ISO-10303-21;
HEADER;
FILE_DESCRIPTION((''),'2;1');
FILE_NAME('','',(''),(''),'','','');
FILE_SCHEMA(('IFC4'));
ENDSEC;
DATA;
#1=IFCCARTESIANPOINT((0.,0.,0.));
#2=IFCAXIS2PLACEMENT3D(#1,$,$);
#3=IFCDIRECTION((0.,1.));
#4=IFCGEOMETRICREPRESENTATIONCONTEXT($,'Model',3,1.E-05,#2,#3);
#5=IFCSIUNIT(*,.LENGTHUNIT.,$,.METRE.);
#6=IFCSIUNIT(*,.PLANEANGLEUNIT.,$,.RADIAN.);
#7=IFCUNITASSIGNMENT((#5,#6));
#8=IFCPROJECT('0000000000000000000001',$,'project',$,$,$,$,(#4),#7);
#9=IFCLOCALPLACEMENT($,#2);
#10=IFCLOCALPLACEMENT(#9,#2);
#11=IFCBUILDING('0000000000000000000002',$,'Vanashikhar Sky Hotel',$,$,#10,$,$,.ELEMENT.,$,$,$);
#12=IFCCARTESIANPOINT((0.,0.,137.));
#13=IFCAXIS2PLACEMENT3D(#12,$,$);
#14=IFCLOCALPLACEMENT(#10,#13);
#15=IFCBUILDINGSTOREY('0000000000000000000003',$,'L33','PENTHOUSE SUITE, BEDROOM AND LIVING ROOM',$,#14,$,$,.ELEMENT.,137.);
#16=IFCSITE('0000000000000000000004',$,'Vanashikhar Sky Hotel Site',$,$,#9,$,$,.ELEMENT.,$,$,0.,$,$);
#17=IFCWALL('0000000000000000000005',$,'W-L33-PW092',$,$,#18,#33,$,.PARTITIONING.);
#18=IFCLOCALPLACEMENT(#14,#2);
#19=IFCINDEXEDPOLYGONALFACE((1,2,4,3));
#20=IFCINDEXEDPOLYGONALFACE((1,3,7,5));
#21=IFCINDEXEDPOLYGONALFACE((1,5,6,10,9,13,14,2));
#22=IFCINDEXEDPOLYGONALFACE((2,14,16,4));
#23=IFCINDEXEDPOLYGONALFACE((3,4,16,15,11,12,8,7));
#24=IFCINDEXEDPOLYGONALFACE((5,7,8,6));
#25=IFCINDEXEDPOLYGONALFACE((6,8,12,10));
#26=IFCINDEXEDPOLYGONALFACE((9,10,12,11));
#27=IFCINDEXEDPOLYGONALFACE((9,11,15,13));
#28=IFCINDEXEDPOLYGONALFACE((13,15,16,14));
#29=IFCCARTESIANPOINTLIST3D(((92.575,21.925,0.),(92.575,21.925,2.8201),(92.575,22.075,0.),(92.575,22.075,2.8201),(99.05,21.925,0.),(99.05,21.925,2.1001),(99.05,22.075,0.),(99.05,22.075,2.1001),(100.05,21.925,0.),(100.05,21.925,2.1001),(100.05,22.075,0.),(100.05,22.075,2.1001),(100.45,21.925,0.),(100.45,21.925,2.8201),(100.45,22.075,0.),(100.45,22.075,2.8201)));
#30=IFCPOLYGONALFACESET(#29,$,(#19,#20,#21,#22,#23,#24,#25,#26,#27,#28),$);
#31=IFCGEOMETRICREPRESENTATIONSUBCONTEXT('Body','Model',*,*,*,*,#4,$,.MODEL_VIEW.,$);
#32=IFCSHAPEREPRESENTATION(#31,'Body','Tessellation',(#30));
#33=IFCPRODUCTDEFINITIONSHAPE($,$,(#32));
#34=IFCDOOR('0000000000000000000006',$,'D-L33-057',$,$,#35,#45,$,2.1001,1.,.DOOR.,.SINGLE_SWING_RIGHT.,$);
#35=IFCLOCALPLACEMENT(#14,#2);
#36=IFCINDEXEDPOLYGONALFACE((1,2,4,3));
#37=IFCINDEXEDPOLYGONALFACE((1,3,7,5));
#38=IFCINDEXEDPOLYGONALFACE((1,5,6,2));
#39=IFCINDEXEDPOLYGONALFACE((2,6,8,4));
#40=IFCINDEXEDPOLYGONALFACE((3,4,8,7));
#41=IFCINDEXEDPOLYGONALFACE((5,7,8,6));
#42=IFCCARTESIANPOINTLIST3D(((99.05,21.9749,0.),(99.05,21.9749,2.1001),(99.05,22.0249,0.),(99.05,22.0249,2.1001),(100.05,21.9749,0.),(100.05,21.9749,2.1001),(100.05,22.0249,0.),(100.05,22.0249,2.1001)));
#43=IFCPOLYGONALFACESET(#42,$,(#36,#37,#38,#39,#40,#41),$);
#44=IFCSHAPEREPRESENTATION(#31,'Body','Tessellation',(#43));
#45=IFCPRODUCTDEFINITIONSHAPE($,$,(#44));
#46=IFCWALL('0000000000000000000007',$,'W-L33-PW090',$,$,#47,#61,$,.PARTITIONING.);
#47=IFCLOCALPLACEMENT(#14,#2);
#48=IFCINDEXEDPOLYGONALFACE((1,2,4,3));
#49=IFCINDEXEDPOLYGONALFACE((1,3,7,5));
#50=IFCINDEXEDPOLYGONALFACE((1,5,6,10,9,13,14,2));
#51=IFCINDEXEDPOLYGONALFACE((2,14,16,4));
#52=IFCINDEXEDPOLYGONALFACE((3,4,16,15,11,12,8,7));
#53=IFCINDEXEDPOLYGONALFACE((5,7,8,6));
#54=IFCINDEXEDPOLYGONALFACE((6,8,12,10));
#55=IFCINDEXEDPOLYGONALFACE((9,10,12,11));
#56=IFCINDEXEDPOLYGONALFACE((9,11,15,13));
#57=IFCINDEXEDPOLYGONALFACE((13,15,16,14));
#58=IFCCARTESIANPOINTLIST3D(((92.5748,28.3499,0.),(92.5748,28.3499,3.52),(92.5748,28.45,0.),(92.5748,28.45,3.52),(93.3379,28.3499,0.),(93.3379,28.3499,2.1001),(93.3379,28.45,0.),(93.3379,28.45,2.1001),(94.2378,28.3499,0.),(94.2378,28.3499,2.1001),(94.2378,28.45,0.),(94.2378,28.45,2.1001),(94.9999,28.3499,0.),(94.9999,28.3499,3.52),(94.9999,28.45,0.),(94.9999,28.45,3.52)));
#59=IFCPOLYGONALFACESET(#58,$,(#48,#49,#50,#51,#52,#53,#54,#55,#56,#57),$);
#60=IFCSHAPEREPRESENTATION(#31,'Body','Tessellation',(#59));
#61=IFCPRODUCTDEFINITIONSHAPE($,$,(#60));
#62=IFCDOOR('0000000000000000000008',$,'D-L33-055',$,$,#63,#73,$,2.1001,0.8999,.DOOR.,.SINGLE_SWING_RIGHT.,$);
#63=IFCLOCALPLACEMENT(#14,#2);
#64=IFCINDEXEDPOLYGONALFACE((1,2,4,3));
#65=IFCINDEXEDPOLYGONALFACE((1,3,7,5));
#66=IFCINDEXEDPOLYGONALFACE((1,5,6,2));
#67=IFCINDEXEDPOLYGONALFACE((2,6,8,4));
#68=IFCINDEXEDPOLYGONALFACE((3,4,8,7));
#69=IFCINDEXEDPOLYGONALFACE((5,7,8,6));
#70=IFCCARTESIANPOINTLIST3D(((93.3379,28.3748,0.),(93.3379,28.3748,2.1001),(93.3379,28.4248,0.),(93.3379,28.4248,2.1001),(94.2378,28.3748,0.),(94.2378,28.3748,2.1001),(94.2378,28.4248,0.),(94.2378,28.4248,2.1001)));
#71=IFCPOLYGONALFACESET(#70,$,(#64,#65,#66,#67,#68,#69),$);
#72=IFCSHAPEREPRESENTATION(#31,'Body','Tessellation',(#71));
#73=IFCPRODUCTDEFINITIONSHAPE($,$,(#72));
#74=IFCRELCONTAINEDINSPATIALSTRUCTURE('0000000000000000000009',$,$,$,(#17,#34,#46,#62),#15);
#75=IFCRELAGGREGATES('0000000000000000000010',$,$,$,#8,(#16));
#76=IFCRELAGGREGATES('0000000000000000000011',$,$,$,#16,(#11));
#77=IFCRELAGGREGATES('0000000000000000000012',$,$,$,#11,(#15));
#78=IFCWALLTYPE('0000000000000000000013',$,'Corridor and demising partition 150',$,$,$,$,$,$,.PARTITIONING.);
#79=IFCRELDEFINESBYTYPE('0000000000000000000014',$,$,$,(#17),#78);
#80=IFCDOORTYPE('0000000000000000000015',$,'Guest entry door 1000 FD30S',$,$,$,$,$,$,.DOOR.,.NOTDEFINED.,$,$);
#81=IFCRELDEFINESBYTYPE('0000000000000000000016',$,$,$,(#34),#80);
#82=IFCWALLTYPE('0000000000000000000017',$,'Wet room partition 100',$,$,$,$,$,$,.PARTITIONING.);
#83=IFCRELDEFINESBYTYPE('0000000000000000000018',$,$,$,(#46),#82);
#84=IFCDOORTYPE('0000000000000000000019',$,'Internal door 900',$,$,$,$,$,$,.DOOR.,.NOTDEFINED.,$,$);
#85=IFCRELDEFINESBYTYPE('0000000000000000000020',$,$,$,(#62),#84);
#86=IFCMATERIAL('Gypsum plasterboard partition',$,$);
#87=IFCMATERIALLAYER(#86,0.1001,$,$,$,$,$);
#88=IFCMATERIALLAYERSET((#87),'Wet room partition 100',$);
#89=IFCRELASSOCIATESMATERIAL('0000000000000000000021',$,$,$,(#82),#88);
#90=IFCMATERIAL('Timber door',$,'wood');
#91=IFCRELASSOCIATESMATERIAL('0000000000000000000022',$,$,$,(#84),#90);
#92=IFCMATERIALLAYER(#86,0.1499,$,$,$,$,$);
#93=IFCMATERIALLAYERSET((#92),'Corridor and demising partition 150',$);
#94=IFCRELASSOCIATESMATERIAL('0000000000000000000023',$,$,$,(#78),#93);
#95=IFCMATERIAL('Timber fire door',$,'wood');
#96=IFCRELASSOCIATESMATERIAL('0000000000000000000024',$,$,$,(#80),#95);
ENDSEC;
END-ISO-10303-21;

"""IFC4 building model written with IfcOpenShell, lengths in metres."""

from ifc_helpers import new_model, si_unit, direction, frame, frame_2d, origin, place, context, subcontext, project, spatial, rectangle, extrude, source, transform, mapped, material, layer, layer_set, type_object, element, fill, save


model = new_model("IFC4")

# Units and contexts
model_context = context("Model", 3, precision=1e-05, world=origin(), true_north=direction((0.0, 1.0)))
body_context = subcontext(model_context, "Body", "Model", "MODEL_VIEW")
ifc_project = project(units=[si_unit("LENGTHUNIT", "METRE"), si_unit("PLANEANGLEUNIT", "RADIAN")], contexts=[model_context])

# Site, building, storey
site_placement = place(None, origin())
site = spatial("IfcSite", under=ifc_project, at=site_placement, Name="Vanashikhar Sky Hotel Site", CompositionType="ELEMENT", RefElevation=0.0)
building_placement = place(site_placement, origin())
building = spatial("IfcBuilding", under=site, at=building_placement, Name="Vanashikhar Sky Hotel", CompositionType="ELEMENT")
storey_placement = place(building_placement, frame((0.0, 0.0, 137.0)))
storey = spatial("IfcBuildingStorey", under=building, at=storey_placement, Name="L33", Description="PENTHOUSE SUITE, BEDROOM AND LIVING ROOM", CompositionType="ELEMENT", Elevation=137.0)

# Shared definitions
ifc_material_1 = material(Name="Gypsum plasterboard partition")
ifc_layer_1 = layer(ifc_material_1, 0.1001)
ifc_layer_set_1 = layer_set([ifc_layer_1], Name="Wet room partition 100")
wall_type_1 = type_object("IfcWallType", Name="Wet room partition 100", PredefinedType="PARTITIONING", material=ifc_layer_set_1)
shared_shape_1 = source(origin(), body_context, "Body", "SweptSolid", [
    extrude(rectangle(XDim=0.8999, YDim=2.1001, at=frame_2d((0.45, 1.05))), frame((0.0, 0.0601, 0.0), z_axis=(0.0, -1.0, 0.0), x_axis=(1.0, 0.0, 0.0)), (0.0, 0.0, 1.0), 0.1201),
])
ifc_material_2 = material(Name="Timber door", Category="wood")
door_type_1 = type_object("IfcDoorType", Name="Internal door 900", OperationType="NOTDEFINED", PredefinedType="DOOR", material=ifc_material_2)
shared_shape_2 = source(origin(), body_context, "Body", "SweptSolid", [
    extrude(rectangle(XDim=0.8999, YDim=2.1001, at=frame_2d((0.45, 1.05))), frame((0.0, 0.0249, 0.0), z_axis=(0.0, -1.0, 0.0), x_axis=(1.0, 0.0, 0.0)), (0.0, 0.0, 1.0), 0.05),
])

# Walls, openings, doors
ifc_layer_2 = layer(ifc_material_1, 0.1499)
ifc_layer_set_2 = layer_set([ifc_layer_2], Name="Corridor and demising partition 150")
wall_type_2 = type_object("IfcWallType", Name="Corridor and demising partition 150", PredefinedType="PARTITIONING", material=ifc_layer_set_2)
ifc_material_3 = material(Name="Timber fire door", Category="wood")
shared_shape_3 = source(origin(), body_context, "Body", "SweptSolid", [
    extrude(rectangle(XDim=7.875, YDim=0.1499, at=frame_2d((3.9375, 0.0))), origin(), (0.0, 0.0, 1.0), 2.8201),
])
wall_1_placement = place(storey_placement, frame((92.575, 22.0, 0.0), z_axis=(0.0, 0.0, 1.0), x_axis=(1.0, 0.0, 0.0)))
wall_1 = element("IfcWall", 1, at=wall_1_placement, inside=storey, type_object=wall_type_2, Name="W-L33-PW092", PredefinedType="PARTITIONING", context=body_context, shape_type="MappedRepresentation", body=[
    mapped(shared_shape_3, transform((0.0, 0.0, 0.0), scale=1.0)),
])
shared_shape_4 = source(origin(), body_context, "Body", "SweptSolid", [
    extrude(rectangle(XDim=1.0, YDim=2.1001, at=frame_2d((0.5, 1.05))), frame((0.0, 0.085, 0.0), z_axis=(0.0, -1.0, 0.0), x_axis=(1.0, 0.0, 0.0)), (0.0, 0.0, 1.0), 0.1699),
])
opening_1_placement = place(wall_1_placement, frame((6.4751, 0.0, 0.0)))
opening_1 = element("IfcOpeningElement", 2, at=opening_1_placement, cuts=wall_1, PredefinedType="OPENING", context=body_context, shape_type="MappedRepresentation", body=[
    mapped(shared_shape_4, transform((0.0, 0.0, 0.0), scale=1.0)),
])
door_type_2 = type_object("IfcDoorType", Name="Guest entry door 1000 FD30S", OperationType="NOTDEFINED", PredefinedType="DOOR", material=ifc_material_3)
shared_shape_5 = source(origin(), body_context, "Body", "SweptSolid", [
    extrude(rectangle(XDim=1.0, YDim=2.1001, at=frame_2d((0.5, 1.05))), frame((0.0, 0.0249, 0.0), z_axis=(0.0, -1.0, 0.0), x_axis=(1.0, 0.0, 0.0)), (0.0, 0.0, 1.0), 0.05),
])
door_1_placement = place(opening_1_placement, origin())
door_1 = element("IfcDoor", 3, at=door_1_placement, inside=storey, type_object=door_type_2, Name="D-L33-057", OperationType="SINGLE_SWING_RIGHT", OverallHeight=2.1001, OverallWidth=1.0, PredefinedType="DOOR", context=body_context, shape_type="MappedRepresentation", body=[
    mapped(shared_shape_5, transform((0.0, 0.0, 0.0), scale=1.0)),
])
fill(opening_1, door_1)
shared_shape_6 = source(origin(), body_context, "Body", "SweptSolid", [
    extrude(rectangle(XDim=2.425, YDim=0.1001, at=frame_2d((1.2124, 0.0))), origin(), (0.0, 0.0, 1.0), 3.52),
])
wall_2_placement = place(storey_placement, frame((92.575, 28.3999, 0.0), z_axis=(0.0, 0.0, 1.0), x_axis=(1.0, 0.0, 0.0)))
wall_2 = element("IfcWall", 4, at=wall_2_placement, inside=storey, type_object=wall_type_1, Name="W-L33-PW090", PredefinedType="PARTITIONING", context=body_context, shape_type="MappedRepresentation", body=[
    mapped(shared_shape_6, transform((0.0, 0.0, 0.0), scale=1.0)),
])
opening_2_placement = place(wall_2_placement, frame((0.7629, 0.0, 0.0)))
opening_2 = element("IfcOpeningElement", 5, at=opening_2_placement, cuts=wall_2, PredefinedType="OPENING", context=body_context, shape_type="MappedRepresentation", body=[
    mapped(shared_shape_1, transform((0.0, 0.0, 0.0), scale=1.0)),
])
door_2_placement = place(opening_2_placement, origin())
door_2 = element("IfcDoor", 6, at=door_2_placement, inside=storey, type_object=door_type_1, Name="D-L33-055", OperationType="SINGLE_SWING_RIGHT", OverallHeight=2.1001, OverallWidth=0.8999, PredefinedType="DOOR", context=body_context, shape_type="MappedRepresentation", body=[
    mapped(shared_shape_2, transform((0.0, 0.0, 0.0), scale=1.0)),
])
fill(opening_2, door_2)

save(model, "model.ifc")
